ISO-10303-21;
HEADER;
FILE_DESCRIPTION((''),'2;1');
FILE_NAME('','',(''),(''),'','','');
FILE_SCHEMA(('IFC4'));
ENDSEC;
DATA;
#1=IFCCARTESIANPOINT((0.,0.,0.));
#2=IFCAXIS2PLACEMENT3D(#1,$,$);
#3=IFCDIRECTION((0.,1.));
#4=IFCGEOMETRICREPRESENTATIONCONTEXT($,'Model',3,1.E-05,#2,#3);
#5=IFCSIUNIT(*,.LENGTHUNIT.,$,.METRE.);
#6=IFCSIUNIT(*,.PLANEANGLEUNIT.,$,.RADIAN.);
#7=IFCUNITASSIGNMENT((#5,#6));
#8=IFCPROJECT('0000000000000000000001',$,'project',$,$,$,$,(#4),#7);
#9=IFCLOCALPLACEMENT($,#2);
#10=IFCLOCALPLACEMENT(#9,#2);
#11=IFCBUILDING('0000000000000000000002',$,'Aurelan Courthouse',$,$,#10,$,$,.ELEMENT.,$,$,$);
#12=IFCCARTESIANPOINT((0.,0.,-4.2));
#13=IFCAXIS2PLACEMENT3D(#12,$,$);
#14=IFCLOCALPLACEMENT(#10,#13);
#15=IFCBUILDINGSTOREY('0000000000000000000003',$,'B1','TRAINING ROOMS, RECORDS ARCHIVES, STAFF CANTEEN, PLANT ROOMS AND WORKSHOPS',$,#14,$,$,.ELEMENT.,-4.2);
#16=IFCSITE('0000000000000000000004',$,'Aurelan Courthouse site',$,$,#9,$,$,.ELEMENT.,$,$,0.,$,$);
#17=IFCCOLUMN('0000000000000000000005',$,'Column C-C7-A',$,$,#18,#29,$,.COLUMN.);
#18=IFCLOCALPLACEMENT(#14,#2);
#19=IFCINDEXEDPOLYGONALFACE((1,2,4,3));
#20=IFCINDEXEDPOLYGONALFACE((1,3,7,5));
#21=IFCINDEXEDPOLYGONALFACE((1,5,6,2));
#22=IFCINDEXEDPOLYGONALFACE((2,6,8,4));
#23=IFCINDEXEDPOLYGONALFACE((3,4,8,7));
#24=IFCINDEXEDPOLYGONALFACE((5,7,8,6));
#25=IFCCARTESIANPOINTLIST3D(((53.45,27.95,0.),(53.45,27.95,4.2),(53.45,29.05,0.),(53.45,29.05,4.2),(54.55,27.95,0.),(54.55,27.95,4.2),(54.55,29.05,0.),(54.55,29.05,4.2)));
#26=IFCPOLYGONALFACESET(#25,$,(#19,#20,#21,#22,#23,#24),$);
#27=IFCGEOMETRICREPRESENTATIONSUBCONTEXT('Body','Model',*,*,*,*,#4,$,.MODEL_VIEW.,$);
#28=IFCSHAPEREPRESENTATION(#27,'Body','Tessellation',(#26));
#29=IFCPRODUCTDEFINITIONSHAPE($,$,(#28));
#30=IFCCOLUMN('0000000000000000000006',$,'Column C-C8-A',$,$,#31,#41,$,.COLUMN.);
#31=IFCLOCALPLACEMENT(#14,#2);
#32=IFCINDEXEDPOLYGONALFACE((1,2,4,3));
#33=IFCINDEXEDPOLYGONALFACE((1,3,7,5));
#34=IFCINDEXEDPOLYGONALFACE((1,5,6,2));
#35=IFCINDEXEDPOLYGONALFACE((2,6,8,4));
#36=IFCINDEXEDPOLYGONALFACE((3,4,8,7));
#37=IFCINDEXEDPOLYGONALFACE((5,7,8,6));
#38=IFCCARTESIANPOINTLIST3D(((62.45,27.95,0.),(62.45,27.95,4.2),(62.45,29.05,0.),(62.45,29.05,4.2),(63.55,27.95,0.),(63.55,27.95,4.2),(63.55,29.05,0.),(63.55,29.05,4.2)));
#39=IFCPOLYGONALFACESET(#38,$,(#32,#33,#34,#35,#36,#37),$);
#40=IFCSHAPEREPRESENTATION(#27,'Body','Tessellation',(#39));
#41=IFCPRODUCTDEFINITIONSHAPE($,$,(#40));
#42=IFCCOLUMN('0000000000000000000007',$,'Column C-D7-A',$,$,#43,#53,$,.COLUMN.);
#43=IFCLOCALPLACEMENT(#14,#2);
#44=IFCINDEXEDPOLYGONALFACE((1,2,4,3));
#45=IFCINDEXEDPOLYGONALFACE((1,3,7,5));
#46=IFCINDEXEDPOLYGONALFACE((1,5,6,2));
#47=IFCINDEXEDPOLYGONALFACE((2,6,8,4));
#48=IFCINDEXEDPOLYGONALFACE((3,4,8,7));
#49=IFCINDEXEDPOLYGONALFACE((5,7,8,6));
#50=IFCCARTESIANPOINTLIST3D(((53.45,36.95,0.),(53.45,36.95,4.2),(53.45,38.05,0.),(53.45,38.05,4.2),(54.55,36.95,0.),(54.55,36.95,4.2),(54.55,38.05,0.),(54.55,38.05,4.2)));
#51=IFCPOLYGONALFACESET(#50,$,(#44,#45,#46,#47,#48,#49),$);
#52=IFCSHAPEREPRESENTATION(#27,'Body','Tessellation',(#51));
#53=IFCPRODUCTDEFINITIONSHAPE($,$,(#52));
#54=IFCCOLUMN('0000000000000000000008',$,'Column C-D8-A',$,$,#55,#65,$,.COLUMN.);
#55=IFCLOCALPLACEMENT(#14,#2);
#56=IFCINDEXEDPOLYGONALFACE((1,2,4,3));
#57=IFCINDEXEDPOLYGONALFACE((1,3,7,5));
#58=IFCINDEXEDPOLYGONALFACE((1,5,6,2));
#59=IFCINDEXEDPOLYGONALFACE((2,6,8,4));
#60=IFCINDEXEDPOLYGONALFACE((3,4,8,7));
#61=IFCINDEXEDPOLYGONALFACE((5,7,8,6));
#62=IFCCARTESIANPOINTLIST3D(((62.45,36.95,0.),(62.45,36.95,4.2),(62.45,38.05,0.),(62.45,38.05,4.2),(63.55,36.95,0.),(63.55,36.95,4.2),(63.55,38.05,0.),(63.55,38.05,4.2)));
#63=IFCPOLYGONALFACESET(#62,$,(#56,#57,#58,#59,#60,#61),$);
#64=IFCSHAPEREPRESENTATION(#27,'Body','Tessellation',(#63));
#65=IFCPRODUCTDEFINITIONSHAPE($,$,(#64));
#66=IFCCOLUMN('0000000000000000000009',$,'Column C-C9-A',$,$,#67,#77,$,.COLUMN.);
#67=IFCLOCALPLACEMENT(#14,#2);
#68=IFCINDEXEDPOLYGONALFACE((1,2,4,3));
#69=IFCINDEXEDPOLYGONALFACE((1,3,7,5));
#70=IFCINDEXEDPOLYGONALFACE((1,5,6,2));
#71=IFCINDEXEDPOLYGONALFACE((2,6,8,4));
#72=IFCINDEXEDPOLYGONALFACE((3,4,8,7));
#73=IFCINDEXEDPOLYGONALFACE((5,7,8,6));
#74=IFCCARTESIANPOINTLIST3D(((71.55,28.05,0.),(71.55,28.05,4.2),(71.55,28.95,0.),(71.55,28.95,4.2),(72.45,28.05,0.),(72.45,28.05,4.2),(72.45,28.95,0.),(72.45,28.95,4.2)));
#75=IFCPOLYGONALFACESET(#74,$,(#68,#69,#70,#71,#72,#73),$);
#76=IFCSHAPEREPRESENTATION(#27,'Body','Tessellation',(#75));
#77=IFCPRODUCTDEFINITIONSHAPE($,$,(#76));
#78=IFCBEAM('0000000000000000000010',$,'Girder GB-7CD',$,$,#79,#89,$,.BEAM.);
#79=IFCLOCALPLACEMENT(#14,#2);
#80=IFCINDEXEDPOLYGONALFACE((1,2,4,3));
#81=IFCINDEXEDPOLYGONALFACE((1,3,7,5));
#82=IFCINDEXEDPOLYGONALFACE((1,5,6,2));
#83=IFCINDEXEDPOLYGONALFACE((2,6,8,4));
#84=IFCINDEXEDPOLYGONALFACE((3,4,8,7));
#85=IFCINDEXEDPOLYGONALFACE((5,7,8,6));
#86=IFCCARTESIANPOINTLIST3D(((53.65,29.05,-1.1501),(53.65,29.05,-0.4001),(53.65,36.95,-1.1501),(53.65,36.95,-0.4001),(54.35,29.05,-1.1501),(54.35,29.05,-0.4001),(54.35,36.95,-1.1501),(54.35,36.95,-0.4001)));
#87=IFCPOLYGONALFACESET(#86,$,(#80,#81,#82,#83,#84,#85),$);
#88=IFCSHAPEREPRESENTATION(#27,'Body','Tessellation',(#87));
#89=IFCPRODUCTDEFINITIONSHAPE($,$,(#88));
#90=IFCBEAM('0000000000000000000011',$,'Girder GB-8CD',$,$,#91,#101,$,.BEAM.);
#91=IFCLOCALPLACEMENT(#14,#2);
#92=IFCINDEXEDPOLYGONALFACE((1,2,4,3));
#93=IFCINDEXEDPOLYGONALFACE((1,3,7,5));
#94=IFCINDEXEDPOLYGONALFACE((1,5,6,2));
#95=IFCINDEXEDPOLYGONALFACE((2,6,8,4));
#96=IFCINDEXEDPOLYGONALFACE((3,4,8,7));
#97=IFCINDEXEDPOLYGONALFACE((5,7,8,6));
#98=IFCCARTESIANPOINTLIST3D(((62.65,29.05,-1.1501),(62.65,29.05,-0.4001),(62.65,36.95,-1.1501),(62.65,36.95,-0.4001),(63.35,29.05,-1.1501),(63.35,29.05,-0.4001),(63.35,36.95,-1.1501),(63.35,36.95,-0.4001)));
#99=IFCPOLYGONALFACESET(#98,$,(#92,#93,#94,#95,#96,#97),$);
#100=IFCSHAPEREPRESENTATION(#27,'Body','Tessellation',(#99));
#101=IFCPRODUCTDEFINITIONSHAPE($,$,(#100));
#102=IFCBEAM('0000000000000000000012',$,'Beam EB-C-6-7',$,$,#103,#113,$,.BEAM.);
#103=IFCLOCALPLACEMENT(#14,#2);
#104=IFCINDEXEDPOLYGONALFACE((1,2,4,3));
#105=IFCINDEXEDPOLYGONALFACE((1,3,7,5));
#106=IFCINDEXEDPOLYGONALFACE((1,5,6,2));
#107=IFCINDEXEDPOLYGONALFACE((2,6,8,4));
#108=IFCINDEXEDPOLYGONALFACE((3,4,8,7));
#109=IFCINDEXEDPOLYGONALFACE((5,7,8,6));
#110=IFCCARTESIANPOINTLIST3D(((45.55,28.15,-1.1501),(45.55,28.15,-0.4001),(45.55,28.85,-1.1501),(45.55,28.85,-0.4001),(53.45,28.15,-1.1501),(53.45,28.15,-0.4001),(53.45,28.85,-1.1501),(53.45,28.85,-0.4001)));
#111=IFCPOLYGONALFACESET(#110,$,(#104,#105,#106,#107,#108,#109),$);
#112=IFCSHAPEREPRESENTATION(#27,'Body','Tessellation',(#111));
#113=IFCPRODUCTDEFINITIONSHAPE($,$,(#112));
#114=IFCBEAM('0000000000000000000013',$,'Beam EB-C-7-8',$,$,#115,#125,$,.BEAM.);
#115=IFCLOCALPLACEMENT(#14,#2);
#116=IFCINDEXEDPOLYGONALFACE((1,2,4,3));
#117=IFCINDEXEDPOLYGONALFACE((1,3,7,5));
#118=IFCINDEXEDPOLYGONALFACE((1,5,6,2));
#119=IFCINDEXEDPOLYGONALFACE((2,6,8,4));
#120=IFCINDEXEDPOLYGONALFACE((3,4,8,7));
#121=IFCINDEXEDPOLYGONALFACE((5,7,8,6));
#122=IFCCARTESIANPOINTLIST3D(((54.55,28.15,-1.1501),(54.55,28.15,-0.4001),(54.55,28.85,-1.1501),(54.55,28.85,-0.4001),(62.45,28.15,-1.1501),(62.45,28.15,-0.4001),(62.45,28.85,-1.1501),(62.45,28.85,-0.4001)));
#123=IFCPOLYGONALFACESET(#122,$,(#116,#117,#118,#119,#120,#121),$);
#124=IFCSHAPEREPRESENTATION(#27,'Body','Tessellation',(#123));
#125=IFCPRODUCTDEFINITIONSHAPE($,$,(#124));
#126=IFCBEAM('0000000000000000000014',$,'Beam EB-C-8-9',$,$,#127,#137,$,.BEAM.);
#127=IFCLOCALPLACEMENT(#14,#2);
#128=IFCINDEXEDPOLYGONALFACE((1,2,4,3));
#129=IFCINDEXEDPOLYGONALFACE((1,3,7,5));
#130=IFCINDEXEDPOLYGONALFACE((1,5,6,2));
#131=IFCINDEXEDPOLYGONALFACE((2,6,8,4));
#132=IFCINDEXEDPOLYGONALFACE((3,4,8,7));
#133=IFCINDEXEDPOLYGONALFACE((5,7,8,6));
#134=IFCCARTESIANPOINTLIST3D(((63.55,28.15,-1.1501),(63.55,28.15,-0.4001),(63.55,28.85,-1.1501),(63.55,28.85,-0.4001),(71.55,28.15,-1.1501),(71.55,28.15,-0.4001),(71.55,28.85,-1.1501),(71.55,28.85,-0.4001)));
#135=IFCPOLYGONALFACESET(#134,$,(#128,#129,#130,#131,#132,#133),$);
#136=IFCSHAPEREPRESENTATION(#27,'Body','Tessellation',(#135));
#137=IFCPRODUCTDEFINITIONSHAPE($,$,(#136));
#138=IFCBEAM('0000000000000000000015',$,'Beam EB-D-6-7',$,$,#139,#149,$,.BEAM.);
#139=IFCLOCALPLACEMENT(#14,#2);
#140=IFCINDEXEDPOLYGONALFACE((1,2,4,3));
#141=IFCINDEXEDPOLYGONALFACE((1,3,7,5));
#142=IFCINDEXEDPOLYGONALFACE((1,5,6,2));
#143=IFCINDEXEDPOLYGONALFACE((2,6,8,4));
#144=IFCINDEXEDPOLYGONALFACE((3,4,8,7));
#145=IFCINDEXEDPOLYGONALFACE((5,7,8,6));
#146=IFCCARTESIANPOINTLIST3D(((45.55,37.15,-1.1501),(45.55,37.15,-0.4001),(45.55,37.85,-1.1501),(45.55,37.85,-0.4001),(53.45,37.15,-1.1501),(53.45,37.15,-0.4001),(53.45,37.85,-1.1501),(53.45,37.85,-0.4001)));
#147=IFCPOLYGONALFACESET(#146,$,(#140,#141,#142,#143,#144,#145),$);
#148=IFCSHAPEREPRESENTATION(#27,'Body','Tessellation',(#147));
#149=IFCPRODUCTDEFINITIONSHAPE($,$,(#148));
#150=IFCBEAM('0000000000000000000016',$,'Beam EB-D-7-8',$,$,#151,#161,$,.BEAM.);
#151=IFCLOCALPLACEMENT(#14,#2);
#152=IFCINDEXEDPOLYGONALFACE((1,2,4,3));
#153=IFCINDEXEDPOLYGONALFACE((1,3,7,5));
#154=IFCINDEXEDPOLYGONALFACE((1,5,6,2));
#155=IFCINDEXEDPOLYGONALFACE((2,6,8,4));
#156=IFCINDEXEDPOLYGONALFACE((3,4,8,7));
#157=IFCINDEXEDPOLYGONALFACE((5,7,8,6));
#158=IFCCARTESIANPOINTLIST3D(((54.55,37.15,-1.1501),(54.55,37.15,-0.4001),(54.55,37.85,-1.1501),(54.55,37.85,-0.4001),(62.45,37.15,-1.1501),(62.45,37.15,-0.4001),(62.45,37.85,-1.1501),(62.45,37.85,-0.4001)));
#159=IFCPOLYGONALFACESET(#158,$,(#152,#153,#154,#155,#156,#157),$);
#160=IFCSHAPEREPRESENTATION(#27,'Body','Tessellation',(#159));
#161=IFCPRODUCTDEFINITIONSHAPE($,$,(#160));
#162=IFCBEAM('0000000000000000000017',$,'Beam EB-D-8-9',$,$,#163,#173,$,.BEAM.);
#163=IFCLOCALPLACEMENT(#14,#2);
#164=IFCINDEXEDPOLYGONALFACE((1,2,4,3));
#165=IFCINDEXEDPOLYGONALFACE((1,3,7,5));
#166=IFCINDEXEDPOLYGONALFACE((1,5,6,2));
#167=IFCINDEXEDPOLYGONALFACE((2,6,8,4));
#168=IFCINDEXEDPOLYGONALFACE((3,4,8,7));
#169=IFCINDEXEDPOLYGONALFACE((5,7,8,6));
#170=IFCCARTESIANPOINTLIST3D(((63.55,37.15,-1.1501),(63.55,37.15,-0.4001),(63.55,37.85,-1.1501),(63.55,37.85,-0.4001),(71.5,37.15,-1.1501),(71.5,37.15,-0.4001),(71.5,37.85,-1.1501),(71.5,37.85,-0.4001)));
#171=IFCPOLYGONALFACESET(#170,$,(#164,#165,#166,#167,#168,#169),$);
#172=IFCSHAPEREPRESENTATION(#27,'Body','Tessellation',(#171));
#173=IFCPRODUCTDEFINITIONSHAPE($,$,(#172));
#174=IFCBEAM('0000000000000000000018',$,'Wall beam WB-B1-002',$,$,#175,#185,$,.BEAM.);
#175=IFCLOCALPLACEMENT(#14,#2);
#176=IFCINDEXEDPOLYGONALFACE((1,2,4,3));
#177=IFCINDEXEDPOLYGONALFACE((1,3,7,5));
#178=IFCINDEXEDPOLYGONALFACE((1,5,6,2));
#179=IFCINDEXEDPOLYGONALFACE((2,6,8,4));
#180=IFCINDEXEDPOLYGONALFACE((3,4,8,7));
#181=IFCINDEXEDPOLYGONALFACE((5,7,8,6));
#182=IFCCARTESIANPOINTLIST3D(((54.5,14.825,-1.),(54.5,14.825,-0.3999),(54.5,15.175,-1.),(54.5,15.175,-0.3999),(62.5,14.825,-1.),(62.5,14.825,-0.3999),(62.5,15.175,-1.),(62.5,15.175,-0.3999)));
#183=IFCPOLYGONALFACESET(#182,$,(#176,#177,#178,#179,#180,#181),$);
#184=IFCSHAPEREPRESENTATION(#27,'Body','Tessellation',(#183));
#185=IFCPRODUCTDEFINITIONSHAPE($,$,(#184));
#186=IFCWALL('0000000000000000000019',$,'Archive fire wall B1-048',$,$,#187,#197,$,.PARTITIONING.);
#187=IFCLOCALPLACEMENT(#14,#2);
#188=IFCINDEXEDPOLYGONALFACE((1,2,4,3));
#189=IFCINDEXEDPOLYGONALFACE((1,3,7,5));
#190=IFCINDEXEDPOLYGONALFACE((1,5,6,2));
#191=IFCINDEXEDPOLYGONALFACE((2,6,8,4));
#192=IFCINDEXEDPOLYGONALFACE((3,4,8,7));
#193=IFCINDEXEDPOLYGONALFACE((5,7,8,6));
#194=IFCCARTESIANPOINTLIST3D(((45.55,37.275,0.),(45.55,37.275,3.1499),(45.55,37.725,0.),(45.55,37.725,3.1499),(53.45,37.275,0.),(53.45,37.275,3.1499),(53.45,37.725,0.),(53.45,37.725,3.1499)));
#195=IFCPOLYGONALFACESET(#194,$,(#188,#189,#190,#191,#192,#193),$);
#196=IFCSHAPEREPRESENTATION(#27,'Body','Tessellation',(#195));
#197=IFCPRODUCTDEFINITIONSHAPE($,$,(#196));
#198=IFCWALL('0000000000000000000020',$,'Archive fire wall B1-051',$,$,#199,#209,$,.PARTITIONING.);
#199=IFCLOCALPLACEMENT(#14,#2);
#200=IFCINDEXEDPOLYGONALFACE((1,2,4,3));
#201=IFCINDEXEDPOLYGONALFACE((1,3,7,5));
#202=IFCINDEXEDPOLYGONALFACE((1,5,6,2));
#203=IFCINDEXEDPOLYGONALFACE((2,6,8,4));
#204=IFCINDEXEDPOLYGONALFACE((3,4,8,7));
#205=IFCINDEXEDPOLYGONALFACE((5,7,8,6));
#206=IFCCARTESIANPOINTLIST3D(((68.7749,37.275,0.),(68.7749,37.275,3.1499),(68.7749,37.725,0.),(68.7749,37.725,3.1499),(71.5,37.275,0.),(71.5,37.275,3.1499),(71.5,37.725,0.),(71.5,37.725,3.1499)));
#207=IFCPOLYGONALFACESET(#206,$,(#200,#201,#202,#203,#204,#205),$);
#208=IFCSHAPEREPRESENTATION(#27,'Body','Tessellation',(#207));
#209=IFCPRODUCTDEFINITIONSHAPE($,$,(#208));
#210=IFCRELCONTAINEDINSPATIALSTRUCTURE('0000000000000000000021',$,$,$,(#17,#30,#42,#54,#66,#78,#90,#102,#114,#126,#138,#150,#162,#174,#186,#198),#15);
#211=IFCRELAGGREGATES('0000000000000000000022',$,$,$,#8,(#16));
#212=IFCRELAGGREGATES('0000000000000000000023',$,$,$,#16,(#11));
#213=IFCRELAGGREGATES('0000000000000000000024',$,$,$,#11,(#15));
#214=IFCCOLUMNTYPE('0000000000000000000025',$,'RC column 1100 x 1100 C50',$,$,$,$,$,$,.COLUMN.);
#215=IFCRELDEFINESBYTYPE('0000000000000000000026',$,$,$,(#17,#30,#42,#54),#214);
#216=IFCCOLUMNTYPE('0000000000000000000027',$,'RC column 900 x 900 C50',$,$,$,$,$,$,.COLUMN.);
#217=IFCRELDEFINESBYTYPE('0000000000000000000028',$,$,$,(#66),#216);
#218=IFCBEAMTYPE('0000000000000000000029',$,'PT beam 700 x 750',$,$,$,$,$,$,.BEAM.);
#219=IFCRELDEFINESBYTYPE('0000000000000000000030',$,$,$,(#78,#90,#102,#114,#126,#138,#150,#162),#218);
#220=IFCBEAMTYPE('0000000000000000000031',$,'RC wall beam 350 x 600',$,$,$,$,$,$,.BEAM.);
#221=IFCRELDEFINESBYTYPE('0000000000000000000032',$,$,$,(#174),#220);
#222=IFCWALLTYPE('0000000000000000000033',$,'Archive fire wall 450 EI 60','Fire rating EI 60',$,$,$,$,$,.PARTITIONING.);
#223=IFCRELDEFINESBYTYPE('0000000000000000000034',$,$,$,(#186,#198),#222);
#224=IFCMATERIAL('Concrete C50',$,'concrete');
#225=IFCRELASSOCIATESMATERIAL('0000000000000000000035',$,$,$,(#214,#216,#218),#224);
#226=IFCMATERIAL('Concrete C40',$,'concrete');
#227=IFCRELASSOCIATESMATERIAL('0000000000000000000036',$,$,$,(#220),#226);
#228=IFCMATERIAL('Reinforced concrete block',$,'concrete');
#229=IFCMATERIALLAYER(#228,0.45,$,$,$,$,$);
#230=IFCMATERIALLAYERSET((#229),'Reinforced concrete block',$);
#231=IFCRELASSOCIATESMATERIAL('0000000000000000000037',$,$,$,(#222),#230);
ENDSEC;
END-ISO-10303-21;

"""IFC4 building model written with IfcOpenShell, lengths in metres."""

from ifc_helpers import new_model, si_unit, direction, frame, frame_2d, origin, origin_2d, place, context, subcontext, project, spatial, rectangle, extrude, material, layer, layer_set, material_profile, profile_set, type_object, element, save


model = new_model("IFC4")

# Units and contexts
model_context = context("Model", 3, precision=1e-05, world=origin(), true_north=direction((0.0, 1.0)))
body_context = subcontext(model_context, "Body", "Model", "MODEL_VIEW")
ifc_project = project(units=[si_unit("LENGTHUNIT", "METRE"), si_unit("PLANEANGLEUNIT", "RADIAN")], contexts=[model_context])

# Site, building, storey
site_placement = place(None, origin())
site = spatial("IfcSite", under=ifc_project, at=site_placement, Name="Aurelan Courthouse site", CompositionType="ELEMENT", RefElevation=0.0)
building_placement = place(site_placement, origin())
building = spatial("IfcBuilding", under=site, at=building_placement, Name="Aurelan Courthouse", CompositionType="ELEMENT")
storey_placement = place(building_placement, frame((0.0, 0.0, -4.2)))
storey = spatial("IfcBuildingStorey", under=building, at=storey_placement, Name="B1", Description="TRAINING ROOMS, RECORDS ARCHIVES, STAFF CANTEEN, PLANT ROOMS AND WORKSHOPS", CompositionType="ELEMENT", Elevation=-4.2)

# Columns
ifc_material_1 = material(Name="Concrete C50", Category="concrete")
ifc_material_profile_1 = material_profile(ifc_material_1, rectangle(XDim=1.1001, YDim=1.1001, at=origin_2d()), Name="RC 1100 x 1100")
ifc_profile_set_1 = profile_set([ifc_material_profile_1], Name="Concrete C50")
column_type_1 = type_object("IfcColumnType", Name="RC column 1100 x 1100 C50", PredefinedType="COLUMN", material=ifc_profile_set_1)
for number, where, z_axis, x_axis, name in (
    (1, (54.0, 28.5, 0.0), (0.0, 0.0, 1.0), (1.0, 0.0, 0.0), "Column C-C7-A"),
    (2, (63.0, 28.5, 0.0), (0.0, 0.0, 1.0), (1.0, 0.0, 0.0), "Column C-C8-A"),
    (3, (54.0, 37.5, 0.0), (0.0, 0.0, 1.0), (1.0, 0.0, 0.0), "Column C-D7-A"),
    (4, (63.0, 37.5, 0.0), (0.0, 0.0, 1.0), (1.0, 0.0, 0.0), "Column C-D8-A"),
):
    element("IfcColumn", number, at=place(storey_placement, frame(where, z_axis=z_axis, x_axis=x_axis)), inside=storey, type_object=column_type_1, Name=name, PredefinedType="COLUMN", context=body_context, shape_type="SweptSolid", body=[
        extrude(rectangle(XDim=1.1001, YDim=1.1001, at=origin_2d()), origin(), (0.0, 0.0, 1.0), 4.2),
    ])
ifc_material_profile_2 = material_profile(ifc_material_1, rectangle(XDim=0.8999, YDim=0.8999, at=origin_2d()), Name="RC 900 x 900")
ifc_profile_set_2 = profile_set([ifc_material_profile_2], Name="Concrete C50")
column_type_2 = type_object("IfcColumnType", Name="RC column 900 x 900 C50", PredefinedType="COLUMN", material=ifc_profile_set_2)
column_placement = place(storey_placement, frame((72.0, 28.5, 0.0), z_axis=(0.0, 0.0, 1.0), x_axis=(1.0, 0.0, 0.0)))
element("IfcColumn", 5, at=column_placement, inside=storey, type_object=column_type_2, Name="Column C-C9-A", PredefinedType="COLUMN", context=body_context, shape_type="SweptSolid", body=[
    extrude(rectangle(XDim=0.8999, YDim=0.8999, at=origin_2d()), origin(), (0.0, 0.0, 1.0), 4.2),
])

# Beams
ifc_material_profile_3 = material_profile(ifc_material_1, rectangle(XDim=0.7, YDim=0.75, at=origin_2d()), Name="RC 700 x 750")
ifc_profile_set_3 = profile_set([ifc_material_profile_3], Name="Concrete C50")
beam_type_1 = type_object("IfcBeamType", Name="PT beam 700 x 750", PredefinedType="BEAM", material=ifc_profile_set_3)
for number, where, z_axis, x_axis, name in (
    (6, (54.0, 29.05, -0.7751), (0.0, 1.0, 0.0), (-1.0, 0.0, 0.0), "Girder GB-7CD"),
    (7, (63.0, 29.05, -0.7751), (0.0, 1.0, 0.0), (-1.0, 0.0, 0.0), "Girder GB-8CD"),
    (8, (45.55, 28.5, -0.7751), (1.0, 0.0, 0.0), (0.0, 1.0, 0.0), "Beam EB-C-6-7"),
    (9, (54.55, 28.5, -0.7751), (1.0, 0.0, 0.0), (0.0, 1.0, 0.0), "Beam EB-C-7-8"),
):
    element("IfcBeam", number, at=place(storey_placement, frame(where, z_axis=z_axis, x_axis=x_axis)), inside=storey, type_object=beam_type_1, Name=name, PredefinedType="BEAM", context=body_context, shape_type="SweptSolid", body=[
        extrude(rectangle(XDim=0.7, YDim=0.75, at=origin_2d()), origin(), (0.0, 0.0, 1.0), 7.8999),
    ])
beam_1_placement = place(storey_placement, frame((63.55, 28.5, -0.7751), z_axis=(1.0, 0.0, 0.0), x_axis=(0.0, 1.0, 0.0)))
element("IfcBeam", 10, at=beam_1_placement, inside=storey, type_object=beam_type_1, Name="Beam EB-C-8-9", PredefinedType="BEAM", context=body_context, shape_type="SweptSolid", body=[
    extrude(rectangle(XDim=0.7, YDim=0.75, at=origin_2d()), origin(), (0.0, 0.0, 1.0), 8.0),
])
for number, where, z_axis, x_axis, name in (
    (11, (45.55, 37.5, -0.7751), (1.0, 0.0, 0.0), (0.0, 1.0, 0.0), "Beam EB-D-6-7"),
    (12, (54.55, 37.5, -0.7751), (1.0, 0.0, 0.0), (0.0, 1.0, 0.0), "Beam EB-D-7-8"),
):
    element("IfcBeam", number, at=place(storey_placement, frame(where, z_axis=z_axis, x_axis=x_axis)), inside=storey, type_object=beam_type_1, Name=name, PredefinedType="BEAM", context=body_context, shape_type="SweptSolid", body=[
        extrude(rectangle(XDim=0.7, YDim=0.75, at=origin_2d()), origin(), (0.0, 0.0, 1.0), 7.8999),
    ])
beam_2_placement = place(storey_placement, frame((63.55, 37.5, -0.7751), z_axis=(1.0, 0.0, 0.0), x_axis=(0.0, 1.0, 0.0)))
element("IfcBeam", 13, at=beam_2_placement, inside=storey, type_object=beam_type_1, Name="Beam EB-D-8-9", PredefinedType="BEAM", context=body_context, shape_type="SweptSolid", body=[
    extrude(rectangle(XDim=0.7, YDim=0.75, at=origin_2d()), origin(), (0.0, 0.0, 1.0), 7.95),
])
ifc_material_2 = material(Name="Concrete C40", Category="concrete")
ifc_material_profile_4 = material_profile(ifc_material_2, rectangle(XDim=0.3501, YDim=0.6001, at=origin_2d()), Name="RC 350 x 600")
ifc_profile_set_4 = profile_set([ifc_material_profile_4], Name="Concrete C40")
beam_type_2 = type_object("IfcBeamType", Name="RC wall beam 350 x 600", PredefinedType="BEAM", material=ifc_profile_set_4)
beam_3_placement = place(storey_placement, frame((54.5, 15.0, -0.7), z_axis=(1.0, 0.0, 0.0), x_axis=(0.0, 1.0, 0.0)))
element("IfcBeam", 14, at=beam_3_placement, inside=storey, type_object=beam_type_2, Name="Wall beam WB-B1-002", PredefinedType="BEAM", context=body_context, shape_type="SweptSolid", body=[
    extrude(rectangle(XDim=0.3501, YDim=0.6001, at=origin_2d()), origin(), (0.0, 0.0, 1.0), 8.0),
])

# Walls
ifc_material_3 = material(Name="Reinforced concrete block", Category="concrete")
ifc_layer_1 = layer(ifc_material_3, 0.45)
ifc_layer_set_1 = layer_set([ifc_layer_1], Name="Reinforced concrete block")
wall_type_1 = type_object("IfcWallType", Name="Archive fire wall 450 EI 60", Description="Fire rating EI 60", PredefinedType="PARTITIONING", material=ifc_layer_set_1)
wall_1_placement = place(storey_placement, frame((45.55, 37.5, 0.0), z_axis=(0.0, 0.0, 1.0), x_axis=(1.0, 0.0, 0.0)))
element("IfcWall", 15, at=wall_1_placement, inside=storey, type_object=wall_type_1, Name="Archive fire wall B1-048", PredefinedType="PARTITIONING", context=body_context, shape_type="SweptSolid", body=[
    extrude(rectangle(XDim=7.8999, YDim=0.45, at=frame_2d((3.95, 0.0))), origin(), (0.0, 0.0, 1.0), 3.1499),
])
wall_2_placement = place(storey_placement, frame((68.7749, 37.5, 0.0), z_axis=(0.0, 0.0, 1.0), x_axis=(1.0, 0.0, 0.0)))
element("IfcWall", 16, at=wall_2_placement, inside=storey, type_object=wall_type_1, Name="Archive fire wall B1-051", PredefinedType="PARTITIONING", context=body_context, shape_type="SweptSolid", body=[
    extrude(rectangle(XDim=2.7251, YDim=0.45, at=frame_2d((1.3625, 0.0))), origin(), (0.0, 0.0, 1.0), 3.1499),
])

save(model, "model.ifc")
